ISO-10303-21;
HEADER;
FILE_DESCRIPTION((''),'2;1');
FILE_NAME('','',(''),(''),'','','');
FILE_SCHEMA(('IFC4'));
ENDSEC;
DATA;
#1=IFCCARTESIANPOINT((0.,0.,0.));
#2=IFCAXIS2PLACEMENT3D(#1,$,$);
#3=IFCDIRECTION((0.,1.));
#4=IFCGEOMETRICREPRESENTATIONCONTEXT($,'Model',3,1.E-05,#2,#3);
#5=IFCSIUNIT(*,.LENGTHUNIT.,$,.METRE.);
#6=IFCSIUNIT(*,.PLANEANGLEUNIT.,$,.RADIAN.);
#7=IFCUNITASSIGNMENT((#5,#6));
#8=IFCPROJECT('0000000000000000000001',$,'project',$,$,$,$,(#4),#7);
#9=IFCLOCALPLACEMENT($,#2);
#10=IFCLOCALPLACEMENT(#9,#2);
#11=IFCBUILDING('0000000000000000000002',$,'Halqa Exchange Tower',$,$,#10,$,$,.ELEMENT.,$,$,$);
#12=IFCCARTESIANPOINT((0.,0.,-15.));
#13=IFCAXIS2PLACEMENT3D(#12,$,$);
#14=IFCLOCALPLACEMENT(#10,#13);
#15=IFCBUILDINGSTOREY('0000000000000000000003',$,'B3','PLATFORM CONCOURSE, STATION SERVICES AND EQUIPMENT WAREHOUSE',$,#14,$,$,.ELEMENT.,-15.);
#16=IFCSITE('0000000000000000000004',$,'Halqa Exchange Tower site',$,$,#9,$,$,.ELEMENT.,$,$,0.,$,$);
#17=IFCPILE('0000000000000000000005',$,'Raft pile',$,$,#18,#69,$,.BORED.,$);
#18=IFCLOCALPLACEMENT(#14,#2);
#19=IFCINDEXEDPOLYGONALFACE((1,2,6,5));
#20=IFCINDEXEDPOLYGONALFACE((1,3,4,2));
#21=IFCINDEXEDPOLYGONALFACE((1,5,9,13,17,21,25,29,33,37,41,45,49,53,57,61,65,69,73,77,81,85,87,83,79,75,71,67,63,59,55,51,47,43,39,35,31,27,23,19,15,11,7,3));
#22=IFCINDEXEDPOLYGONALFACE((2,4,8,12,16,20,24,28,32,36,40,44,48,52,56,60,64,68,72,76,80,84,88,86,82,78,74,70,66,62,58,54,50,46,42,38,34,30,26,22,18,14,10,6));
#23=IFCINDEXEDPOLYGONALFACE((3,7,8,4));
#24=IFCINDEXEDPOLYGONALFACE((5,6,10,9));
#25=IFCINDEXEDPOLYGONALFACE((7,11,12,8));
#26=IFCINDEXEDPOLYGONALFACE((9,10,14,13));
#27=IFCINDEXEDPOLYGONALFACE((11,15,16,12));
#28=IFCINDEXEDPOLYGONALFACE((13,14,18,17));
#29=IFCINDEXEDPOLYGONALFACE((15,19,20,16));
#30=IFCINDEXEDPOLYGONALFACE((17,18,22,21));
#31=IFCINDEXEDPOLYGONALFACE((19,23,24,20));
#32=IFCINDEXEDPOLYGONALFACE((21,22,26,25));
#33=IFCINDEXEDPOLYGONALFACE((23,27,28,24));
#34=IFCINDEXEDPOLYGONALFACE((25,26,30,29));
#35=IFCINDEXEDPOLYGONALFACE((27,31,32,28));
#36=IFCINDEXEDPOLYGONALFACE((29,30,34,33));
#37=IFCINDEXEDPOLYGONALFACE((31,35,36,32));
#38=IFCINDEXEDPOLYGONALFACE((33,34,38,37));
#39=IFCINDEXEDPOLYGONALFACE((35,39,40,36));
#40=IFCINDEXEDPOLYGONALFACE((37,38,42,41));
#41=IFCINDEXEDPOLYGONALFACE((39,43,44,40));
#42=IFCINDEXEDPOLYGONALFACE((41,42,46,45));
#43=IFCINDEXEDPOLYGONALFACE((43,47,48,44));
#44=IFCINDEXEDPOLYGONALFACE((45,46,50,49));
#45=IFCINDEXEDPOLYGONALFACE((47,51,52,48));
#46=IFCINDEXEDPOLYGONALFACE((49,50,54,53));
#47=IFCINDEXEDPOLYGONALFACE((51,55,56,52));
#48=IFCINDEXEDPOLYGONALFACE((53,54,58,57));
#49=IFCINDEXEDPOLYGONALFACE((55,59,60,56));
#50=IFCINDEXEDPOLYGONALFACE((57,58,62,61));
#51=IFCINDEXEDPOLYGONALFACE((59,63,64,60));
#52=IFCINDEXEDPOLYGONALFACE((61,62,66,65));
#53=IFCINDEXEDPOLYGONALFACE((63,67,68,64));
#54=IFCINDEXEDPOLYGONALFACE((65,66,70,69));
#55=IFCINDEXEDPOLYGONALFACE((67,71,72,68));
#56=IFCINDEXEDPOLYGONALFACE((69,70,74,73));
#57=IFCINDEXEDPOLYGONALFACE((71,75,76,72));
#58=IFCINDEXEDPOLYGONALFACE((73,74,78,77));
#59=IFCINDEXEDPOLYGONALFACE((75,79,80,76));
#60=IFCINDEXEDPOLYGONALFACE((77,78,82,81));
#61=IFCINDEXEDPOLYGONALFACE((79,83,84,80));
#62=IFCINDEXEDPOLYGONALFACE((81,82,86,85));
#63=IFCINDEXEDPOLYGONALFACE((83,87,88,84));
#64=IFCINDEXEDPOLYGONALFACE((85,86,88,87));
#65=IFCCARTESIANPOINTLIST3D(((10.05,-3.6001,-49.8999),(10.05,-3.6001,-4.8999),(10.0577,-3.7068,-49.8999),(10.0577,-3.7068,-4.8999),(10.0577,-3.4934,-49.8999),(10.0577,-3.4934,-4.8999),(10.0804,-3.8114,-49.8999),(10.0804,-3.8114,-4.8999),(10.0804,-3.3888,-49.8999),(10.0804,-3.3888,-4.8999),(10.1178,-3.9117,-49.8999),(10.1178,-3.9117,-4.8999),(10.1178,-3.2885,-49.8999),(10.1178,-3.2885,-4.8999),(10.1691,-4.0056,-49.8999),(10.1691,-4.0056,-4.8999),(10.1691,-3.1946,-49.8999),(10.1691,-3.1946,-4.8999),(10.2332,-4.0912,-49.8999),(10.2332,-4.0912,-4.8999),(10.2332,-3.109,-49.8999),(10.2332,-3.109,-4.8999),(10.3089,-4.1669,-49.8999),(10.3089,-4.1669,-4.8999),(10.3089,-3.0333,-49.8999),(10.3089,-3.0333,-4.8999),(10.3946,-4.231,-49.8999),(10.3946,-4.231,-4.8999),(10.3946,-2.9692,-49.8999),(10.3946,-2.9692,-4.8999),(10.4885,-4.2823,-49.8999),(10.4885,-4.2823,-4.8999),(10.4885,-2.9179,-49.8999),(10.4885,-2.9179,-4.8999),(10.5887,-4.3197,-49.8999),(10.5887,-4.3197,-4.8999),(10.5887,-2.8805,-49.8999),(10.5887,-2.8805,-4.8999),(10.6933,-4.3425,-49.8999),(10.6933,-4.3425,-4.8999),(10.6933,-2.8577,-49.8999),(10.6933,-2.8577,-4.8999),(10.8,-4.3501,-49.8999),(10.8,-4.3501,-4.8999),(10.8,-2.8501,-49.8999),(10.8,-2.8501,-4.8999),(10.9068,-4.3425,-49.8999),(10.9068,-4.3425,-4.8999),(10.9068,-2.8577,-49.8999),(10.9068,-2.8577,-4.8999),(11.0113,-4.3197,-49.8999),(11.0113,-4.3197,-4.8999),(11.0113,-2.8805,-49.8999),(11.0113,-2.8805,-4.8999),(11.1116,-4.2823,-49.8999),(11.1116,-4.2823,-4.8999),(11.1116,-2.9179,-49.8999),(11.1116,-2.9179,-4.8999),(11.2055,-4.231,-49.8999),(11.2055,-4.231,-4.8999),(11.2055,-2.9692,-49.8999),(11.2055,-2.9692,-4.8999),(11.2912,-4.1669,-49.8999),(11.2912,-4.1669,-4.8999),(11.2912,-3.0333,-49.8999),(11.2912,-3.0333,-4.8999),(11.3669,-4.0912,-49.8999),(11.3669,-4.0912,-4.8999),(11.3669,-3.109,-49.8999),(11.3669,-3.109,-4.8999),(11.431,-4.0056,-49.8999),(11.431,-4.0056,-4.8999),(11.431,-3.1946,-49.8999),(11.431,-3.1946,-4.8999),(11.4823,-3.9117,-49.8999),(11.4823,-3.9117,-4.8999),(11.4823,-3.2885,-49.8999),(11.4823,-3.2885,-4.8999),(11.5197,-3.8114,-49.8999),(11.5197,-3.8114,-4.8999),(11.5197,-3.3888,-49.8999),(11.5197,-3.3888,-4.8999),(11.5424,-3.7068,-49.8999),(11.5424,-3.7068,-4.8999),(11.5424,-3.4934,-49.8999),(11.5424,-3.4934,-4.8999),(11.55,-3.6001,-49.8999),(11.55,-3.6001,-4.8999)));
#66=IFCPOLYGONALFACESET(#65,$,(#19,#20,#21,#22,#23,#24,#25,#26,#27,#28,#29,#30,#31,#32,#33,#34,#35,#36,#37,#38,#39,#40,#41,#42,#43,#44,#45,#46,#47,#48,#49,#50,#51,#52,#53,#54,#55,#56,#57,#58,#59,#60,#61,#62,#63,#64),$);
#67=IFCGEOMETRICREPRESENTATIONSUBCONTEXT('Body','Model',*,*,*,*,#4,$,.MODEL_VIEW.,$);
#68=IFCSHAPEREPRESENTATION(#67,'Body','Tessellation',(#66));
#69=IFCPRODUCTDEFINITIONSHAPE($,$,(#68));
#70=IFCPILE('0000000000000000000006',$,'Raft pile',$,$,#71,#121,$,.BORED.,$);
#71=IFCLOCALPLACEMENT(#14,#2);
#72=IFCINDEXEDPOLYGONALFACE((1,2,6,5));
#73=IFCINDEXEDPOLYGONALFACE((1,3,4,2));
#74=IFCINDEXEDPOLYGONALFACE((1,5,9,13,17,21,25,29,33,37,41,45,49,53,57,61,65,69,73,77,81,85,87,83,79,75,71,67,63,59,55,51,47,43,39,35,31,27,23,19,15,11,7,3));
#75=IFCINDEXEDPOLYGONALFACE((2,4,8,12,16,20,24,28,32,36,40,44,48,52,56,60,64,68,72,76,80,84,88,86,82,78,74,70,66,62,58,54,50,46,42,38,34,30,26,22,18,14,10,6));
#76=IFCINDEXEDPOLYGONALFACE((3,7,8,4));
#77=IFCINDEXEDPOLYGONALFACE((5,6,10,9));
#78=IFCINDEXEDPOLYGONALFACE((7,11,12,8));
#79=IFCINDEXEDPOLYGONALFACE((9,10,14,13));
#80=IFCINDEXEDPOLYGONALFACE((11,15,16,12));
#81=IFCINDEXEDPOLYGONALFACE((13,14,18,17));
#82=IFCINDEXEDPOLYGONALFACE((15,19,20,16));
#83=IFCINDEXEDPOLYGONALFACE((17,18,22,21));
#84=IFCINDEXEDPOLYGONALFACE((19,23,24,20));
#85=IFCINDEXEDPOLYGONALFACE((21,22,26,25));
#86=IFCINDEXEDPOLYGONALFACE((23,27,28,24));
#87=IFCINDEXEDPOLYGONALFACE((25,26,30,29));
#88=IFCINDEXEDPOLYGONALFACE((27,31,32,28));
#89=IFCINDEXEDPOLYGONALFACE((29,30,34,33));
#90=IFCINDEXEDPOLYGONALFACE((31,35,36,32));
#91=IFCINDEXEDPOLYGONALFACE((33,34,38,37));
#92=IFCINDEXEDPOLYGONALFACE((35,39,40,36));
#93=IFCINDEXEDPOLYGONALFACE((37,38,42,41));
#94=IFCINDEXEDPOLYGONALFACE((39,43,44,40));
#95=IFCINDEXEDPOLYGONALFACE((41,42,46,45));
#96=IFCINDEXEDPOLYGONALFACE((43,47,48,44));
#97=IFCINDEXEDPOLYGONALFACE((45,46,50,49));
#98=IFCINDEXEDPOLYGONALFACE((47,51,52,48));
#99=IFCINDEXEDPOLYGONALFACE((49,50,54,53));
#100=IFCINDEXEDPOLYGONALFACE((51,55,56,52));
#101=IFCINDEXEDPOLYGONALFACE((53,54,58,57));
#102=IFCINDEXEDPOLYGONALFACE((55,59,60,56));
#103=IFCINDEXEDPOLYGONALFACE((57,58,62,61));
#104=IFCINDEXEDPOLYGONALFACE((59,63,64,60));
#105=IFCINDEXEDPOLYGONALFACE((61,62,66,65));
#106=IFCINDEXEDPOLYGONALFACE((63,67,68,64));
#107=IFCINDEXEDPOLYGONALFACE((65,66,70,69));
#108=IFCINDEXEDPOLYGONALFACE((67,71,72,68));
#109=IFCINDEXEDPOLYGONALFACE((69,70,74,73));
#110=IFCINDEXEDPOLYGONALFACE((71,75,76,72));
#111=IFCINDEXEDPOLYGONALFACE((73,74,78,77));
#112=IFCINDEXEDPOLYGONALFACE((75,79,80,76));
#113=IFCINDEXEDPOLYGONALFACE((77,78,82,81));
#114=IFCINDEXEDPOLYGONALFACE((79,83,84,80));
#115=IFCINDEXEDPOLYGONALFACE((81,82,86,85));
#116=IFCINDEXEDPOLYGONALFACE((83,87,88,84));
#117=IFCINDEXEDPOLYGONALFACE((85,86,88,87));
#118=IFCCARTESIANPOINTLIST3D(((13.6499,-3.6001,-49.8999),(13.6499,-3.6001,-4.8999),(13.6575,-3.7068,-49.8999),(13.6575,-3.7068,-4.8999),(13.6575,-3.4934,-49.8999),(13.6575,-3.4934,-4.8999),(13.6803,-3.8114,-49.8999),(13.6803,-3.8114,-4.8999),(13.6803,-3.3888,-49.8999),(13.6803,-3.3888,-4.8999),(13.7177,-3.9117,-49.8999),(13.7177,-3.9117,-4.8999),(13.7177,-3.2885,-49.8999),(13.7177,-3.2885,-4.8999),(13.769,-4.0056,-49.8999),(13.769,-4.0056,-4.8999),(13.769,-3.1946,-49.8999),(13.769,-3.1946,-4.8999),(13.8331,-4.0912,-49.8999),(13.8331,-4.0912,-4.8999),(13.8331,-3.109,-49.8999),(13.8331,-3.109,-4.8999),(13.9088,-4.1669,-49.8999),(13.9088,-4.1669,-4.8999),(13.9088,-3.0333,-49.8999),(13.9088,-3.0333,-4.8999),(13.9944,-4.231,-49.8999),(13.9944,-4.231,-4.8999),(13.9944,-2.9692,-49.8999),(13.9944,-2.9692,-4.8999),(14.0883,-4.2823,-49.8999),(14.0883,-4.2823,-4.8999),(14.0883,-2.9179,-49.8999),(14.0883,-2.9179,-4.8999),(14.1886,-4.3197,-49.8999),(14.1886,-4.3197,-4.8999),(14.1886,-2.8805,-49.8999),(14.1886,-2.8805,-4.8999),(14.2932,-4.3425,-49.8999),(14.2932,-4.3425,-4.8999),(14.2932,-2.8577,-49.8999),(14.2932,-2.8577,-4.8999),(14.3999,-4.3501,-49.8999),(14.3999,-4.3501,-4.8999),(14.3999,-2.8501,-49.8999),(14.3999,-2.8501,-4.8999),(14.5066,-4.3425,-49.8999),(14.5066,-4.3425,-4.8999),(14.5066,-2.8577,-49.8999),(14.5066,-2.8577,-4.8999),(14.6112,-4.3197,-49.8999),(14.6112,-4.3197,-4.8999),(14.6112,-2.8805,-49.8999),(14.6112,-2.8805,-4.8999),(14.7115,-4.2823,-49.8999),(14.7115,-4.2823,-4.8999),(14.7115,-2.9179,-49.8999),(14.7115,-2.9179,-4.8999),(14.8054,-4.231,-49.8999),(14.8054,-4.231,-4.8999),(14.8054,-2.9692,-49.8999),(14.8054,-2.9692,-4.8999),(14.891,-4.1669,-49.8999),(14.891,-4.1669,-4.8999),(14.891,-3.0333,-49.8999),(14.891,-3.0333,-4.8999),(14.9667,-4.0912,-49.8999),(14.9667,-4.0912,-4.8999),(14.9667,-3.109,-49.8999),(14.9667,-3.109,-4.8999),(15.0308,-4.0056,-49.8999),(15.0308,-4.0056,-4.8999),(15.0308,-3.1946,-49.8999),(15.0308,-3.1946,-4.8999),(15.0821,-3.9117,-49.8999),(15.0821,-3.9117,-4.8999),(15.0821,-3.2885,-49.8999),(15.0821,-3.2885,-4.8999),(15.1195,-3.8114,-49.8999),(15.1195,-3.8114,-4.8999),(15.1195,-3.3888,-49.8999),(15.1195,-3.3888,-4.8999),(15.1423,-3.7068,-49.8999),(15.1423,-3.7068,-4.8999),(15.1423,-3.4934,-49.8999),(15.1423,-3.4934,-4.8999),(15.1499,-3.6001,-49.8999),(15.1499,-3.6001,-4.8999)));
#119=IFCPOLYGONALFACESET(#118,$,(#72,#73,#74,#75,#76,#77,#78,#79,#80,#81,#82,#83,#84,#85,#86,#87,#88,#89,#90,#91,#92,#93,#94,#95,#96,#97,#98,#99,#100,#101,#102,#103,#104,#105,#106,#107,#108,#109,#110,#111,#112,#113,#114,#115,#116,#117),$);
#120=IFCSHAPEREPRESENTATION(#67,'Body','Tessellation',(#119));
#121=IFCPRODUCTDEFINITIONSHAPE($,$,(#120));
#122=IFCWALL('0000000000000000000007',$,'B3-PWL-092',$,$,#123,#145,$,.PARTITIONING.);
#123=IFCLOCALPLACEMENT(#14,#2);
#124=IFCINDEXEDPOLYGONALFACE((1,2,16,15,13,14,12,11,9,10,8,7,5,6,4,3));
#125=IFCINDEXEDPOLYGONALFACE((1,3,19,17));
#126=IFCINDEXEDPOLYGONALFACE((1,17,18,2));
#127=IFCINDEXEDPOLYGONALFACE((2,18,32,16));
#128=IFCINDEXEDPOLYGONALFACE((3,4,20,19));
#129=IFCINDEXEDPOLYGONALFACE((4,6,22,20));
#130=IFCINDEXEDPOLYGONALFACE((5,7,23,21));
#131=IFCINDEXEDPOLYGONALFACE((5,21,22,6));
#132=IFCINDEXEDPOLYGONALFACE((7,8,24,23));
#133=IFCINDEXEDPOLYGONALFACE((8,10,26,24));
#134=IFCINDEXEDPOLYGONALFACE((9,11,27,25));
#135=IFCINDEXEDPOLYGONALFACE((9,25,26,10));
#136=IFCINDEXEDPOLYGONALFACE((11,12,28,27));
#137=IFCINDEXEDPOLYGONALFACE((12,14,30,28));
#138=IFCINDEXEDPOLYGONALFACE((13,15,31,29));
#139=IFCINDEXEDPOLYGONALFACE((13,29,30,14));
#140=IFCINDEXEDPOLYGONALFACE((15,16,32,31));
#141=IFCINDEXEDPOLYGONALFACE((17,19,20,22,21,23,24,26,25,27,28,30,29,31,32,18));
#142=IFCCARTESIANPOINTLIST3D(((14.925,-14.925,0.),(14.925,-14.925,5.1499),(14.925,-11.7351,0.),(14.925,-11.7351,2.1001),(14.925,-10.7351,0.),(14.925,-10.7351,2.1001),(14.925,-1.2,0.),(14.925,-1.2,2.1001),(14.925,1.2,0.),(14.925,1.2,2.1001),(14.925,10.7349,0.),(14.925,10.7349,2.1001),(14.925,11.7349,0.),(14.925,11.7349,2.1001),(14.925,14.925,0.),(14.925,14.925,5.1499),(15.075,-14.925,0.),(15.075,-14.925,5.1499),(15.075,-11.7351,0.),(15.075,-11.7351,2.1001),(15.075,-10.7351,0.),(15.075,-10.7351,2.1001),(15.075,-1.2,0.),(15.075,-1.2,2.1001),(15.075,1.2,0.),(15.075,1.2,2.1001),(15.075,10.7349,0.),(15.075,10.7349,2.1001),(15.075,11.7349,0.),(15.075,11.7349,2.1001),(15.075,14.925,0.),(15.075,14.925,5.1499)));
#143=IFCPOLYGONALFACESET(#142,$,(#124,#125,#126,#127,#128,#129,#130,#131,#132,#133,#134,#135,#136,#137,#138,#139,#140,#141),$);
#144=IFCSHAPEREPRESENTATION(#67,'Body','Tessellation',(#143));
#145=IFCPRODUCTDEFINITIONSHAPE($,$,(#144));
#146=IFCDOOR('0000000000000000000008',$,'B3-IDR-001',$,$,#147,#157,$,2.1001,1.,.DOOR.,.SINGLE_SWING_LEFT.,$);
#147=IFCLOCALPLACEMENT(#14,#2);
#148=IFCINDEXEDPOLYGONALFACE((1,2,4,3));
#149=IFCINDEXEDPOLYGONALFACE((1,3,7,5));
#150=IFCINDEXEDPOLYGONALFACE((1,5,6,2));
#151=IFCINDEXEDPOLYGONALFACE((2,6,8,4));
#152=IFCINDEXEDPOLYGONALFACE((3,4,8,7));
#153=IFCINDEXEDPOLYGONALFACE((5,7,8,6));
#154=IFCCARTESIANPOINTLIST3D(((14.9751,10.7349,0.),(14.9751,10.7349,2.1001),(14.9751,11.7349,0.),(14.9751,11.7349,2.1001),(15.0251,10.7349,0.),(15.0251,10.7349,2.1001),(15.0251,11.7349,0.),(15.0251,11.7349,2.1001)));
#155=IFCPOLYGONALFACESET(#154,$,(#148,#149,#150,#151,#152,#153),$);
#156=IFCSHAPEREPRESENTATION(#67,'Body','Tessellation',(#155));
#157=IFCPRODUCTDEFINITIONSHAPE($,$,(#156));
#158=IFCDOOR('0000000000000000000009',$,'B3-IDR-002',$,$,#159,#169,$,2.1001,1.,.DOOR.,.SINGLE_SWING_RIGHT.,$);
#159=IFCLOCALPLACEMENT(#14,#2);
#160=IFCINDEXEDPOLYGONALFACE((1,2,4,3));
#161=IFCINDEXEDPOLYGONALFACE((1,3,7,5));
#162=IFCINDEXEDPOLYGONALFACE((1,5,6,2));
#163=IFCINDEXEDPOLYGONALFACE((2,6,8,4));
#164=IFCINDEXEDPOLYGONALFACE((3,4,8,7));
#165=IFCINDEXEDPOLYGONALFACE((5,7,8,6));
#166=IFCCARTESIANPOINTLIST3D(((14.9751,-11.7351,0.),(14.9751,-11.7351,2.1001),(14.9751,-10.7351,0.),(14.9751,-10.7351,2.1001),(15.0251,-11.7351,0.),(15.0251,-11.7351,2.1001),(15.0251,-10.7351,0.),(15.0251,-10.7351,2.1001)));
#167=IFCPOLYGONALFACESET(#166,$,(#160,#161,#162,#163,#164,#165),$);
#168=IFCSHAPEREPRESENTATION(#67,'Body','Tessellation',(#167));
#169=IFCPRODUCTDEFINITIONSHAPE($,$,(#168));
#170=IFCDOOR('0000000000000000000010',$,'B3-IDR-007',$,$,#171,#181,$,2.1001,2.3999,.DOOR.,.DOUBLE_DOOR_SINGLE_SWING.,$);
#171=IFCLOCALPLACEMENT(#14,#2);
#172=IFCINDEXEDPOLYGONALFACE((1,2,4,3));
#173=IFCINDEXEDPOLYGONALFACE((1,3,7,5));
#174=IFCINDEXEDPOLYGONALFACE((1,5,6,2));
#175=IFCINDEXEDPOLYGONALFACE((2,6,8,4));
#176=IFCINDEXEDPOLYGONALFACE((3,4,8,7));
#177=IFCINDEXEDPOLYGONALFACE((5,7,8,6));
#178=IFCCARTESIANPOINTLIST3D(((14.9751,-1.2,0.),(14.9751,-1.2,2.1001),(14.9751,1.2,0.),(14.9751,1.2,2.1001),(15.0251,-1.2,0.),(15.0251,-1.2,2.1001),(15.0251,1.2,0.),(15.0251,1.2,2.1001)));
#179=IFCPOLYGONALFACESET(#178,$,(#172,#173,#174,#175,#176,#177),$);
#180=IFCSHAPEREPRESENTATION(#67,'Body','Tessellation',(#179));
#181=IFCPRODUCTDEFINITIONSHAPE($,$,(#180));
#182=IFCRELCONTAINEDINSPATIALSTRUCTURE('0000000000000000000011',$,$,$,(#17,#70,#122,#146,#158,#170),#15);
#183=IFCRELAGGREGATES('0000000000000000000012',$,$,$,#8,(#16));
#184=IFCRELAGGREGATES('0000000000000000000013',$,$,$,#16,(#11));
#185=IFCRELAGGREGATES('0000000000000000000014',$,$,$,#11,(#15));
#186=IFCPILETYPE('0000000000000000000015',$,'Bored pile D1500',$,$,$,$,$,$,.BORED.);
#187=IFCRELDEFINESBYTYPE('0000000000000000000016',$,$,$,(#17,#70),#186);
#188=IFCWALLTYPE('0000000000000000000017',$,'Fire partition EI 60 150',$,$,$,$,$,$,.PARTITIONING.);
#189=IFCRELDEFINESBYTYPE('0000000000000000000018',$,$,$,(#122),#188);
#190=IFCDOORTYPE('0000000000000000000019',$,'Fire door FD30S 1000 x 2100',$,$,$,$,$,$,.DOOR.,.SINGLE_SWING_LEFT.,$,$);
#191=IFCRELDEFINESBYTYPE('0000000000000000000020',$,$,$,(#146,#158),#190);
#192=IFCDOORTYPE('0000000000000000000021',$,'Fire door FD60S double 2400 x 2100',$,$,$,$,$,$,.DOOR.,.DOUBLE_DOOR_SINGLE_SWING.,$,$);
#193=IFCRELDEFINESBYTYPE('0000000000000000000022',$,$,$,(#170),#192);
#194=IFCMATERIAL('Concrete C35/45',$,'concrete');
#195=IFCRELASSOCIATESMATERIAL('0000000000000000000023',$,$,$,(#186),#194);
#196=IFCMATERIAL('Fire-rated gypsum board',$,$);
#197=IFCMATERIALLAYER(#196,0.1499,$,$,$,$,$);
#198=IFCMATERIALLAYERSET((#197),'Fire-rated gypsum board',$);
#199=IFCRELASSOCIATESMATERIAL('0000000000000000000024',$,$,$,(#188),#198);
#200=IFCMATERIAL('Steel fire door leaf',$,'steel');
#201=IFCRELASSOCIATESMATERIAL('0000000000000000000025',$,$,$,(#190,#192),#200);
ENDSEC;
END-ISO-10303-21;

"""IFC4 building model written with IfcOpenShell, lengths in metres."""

from ifc_helpers import new_model, si_unit, direction, frame, frame_2d, origin, origin_2d, place, context, subcontext, project, spatial, rectangle, circle, extrude, material, layer, layer_set, material_profile, profile_set, type_object, element, fill, save


model = new_model("IFC4")

# Units and contexts
model_context = context("Model", 3, precision=1e-05, world=origin(), true_north=direction((0.0, 1.0)))
body_context = subcontext(model_context, "Body", "Model", "MODEL_VIEW")
ifc_project = project(units=[si_unit("LENGTHUNIT", "METRE"), si_unit("PLANEANGLEUNIT", "RADIAN")], contexts=[model_context])

# Site, building, storey
site_placement = place(None, origin())
site = spatial("IfcSite", under=ifc_project, at=site_placement, Name="Halqa Exchange Tower site", CompositionType="ELEMENT", RefElevation=0.0)
building_placement = place(site_placement, origin())
building = spatial("IfcBuilding", under=site, at=building_placement, Name="Halqa Exchange Tower", CompositionType="ELEMENT")
storey_placement = place(building_placement, frame((0.0, 0.0, -15.0)))
storey = spatial("IfcBuildingStorey", under=building, at=storey_placement, Name="B3", Description="PLATFORM CONCOURSE, STATION SERVICES AND EQUIPMENT WAREHOUSE", CompositionType="ELEMENT", Elevation=-15.0)

# Piles
ifc_material_1 = material(Name="Concrete C35/45", Category="concrete")
ifc_material_profile_1 = material_profile(ifc_material_1, circle(Radius=0.75, at=origin_2d()), Name="D1500")
ifc_profile_set_1 = profile_set([ifc_material_profile_1], Name="Concrete C35/45")
pile_type_1 = type_object("IfcPileType", Name="Bored pile D1500", PredefinedType="BORED", material=ifc_profile_set_1)
for number, where, z_axis, x_axis, name in (
    (1, (10.8, -3.6001, -4.8999), (0.0, 0.0, -1.0), (1.0, 0.0, 0.0), "Raft pile"),
    (2, (14.3999, -3.6001, -4.8999), (0.0, 0.0, -1.0), (1.0, 0.0, 0.0), "Raft pile"),
):
    element("IfcPile", number, at=place(storey_placement, frame(where, z_axis=z_axis, x_axis=x_axis)), inside=storey, type_object=pile_type_1, Name=name, PredefinedType="BORED", context=body_context, shape_type="SweptSolid", body=[
        extrude(circle(Radius=0.75, at=origin_2d()), origin(), (0.0, 0.0, 1.0), 45.0),
    ])

# Wall, openings, doors
ifc_material_2 = material(Name="Fire-rated gypsum board")
ifc_layer_1 = layer(ifc_material_2, 0.1499)
ifc_layer_set_1 = layer_set([ifc_layer_1], Name="Fire-rated gypsum board")
wall_type_1 = type_object("IfcWallType", Name="Fire partition EI 60 150", PredefinedType="PARTITIONING", material=ifc_layer_set_1)
wall_1_placement = place(storey_placement, frame((15.0, -14.925, 0.0), z_axis=(0.0, 0.0, 1.0), x_axis=(0.0, 1.0, 0.0)))
wall_1 = element("IfcWall", 3, at=wall_1_placement, inside=storey, type_object=wall_type_1, Name="B3-PWL-092", PredefinedType="PARTITIONING", context=body_context, shape_type="SweptSolid", body=[
    extrude(rectangle(XDim=29.8501, YDim=0.1499, at=frame_2d((14.925, 0.0))), origin(), (0.0, 0.0, 1.0), 5.1499),
])
opening_1_placement = place(wall_1_placement, frame((25.6599, 0.0, 0.0)))
opening_1 = element("IfcOpeningElement", 4, at=opening_1_placement, cuts=wall_1, PredefinedType="OPENING", context=body_context, shape_type="SweptSolid", body=[
    extrude(rectangle(XDim=1.0, YDim=2.1001, at=frame_2d((0.5, 1.05))), frame((0.0, 0.0869, 0.0), z_axis=(0.0, -1.0, 0.0), x_axis=(1.0, 0.0, 0.0)), (0.0, 0.0, 1.0), 0.1738),
])
opening_2_placement = place(wall_1_placement, frame((3.1899, 0.0, 0.0)))
opening_2 = element("IfcOpeningElement", 5, at=opening_2_placement, cuts=wall_1, PredefinedType="OPENING", context=body_context, shape_type="SweptSolid", body=[
    extrude(rectangle(XDim=1.0, YDim=2.1001, at=frame_2d((0.5, 1.05))), frame((0.0, 0.0869, 0.0), z_axis=(0.0, -1.0, 0.0), x_axis=(1.0, 0.0, 0.0)), (0.0, 0.0, 1.0), 0.1738),
])
opening_3_placement = place(wall_1_placement, frame((13.7251, 0.0, 0.0)))
opening_3 = element("IfcOpeningElement", 6, at=opening_3_placement, cuts=wall_1, PredefinedType="OPENING", context=body_context, shape_type="SweptSolid", body=[
    extrude(rectangle(XDim=2.3999, YDim=2.1001, at=frame_2d((1.2, 1.05))), frame((0.0, 0.0869, 0.0), z_axis=(0.0, -1.0, 0.0), x_axis=(1.0, 0.0, 0.0)), (0.0, 0.0, 1.0), 0.1738),
])
ifc_material_3 = material(Name="Steel fire door leaf", Category="steel")
door_type_1 = type_object("IfcDoorType", Name="Fire door FD30S 1000 x 2100", OperationType="SINGLE_SWING_LEFT", PredefinedType="DOOR", material=ifc_material_3)
door_1_placement = place(opening_1_placement, origin())
door_1 = element("IfcDoor", 7, at=door_1_placement, inside=storey, type_object=door_type_1, Name="B3-IDR-001", OperationType="SINGLE_SWING_LEFT", OverallHeight=2.1001, OverallWidth=1.0, PredefinedType="DOOR", context=body_context, shape_type="SweptSolid", body=[
    extrude(rectangle(XDim=1.0, YDim=2.1001, at=frame_2d((0.5, 1.05))), frame((0.0, 0.0249, 0.0), z_axis=(0.0, -1.0, 0.0), x_axis=(1.0, 0.0, 0.0)), (0.0, 0.0, 1.0), 0.05),
])
fill(opening_1, door_1)
door_2_placement = place(opening_2_placement, origin())
door_2 = element("IfcDoor", 8, at=door_2_placement, inside=storey, type_object=door_type_1, Name="B3-IDR-002", OperationType="SINGLE_SWING_RIGHT", OverallHeight=2.1001, OverallWidth=1.0, PredefinedType="DOOR", context=body_context, shape_type="SweptSolid", body=[
    extrude(rectangle(XDim=1.0, YDim=2.1001, at=frame_2d((0.5, 1.05))), frame((0.0, 0.0249, 0.0), z_axis=(0.0, -1.0, 0.0), x_axis=(1.0, 0.0, 0.0)), (0.0, 0.0, 1.0), 0.05),
])
fill(opening_2, door_2)
door_type_2 = type_object("IfcDoorType", Name="Fire door FD60S double 2400 x 2100", OperationType="DOUBLE_DOOR_SINGLE_SWING", PredefinedType="DOOR", material=ifc_material_3)
door_3_placement = place(opening_3_placement, origin())
door_3 = element("IfcDoor", 9, at=door_3_placement, inside=storey, type_object=door_type_2, Name="B3-IDR-007", OperationType="DOUBLE_DOOR_SINGLE_SWING", OverallHeight=2.1001, OverallWidth=2.3999, PredefinedType="DOOR", context=body_context, shape_type="SweptSolid", body=[
    extrude(rectangle(XDim=2.3999, YDim=2.1001, at=frame_2d((1.2, 1.05))), frame((0.0, 0.0249, 0.0), z_axis=(0.0, -1.0, 0.0), x_axis=(1.0, 0.0, 0.0)), (0.0, 0.0, 1.0), 0.05),
])
fill(opening_3, door_3)

save(model, "model.ifc")
